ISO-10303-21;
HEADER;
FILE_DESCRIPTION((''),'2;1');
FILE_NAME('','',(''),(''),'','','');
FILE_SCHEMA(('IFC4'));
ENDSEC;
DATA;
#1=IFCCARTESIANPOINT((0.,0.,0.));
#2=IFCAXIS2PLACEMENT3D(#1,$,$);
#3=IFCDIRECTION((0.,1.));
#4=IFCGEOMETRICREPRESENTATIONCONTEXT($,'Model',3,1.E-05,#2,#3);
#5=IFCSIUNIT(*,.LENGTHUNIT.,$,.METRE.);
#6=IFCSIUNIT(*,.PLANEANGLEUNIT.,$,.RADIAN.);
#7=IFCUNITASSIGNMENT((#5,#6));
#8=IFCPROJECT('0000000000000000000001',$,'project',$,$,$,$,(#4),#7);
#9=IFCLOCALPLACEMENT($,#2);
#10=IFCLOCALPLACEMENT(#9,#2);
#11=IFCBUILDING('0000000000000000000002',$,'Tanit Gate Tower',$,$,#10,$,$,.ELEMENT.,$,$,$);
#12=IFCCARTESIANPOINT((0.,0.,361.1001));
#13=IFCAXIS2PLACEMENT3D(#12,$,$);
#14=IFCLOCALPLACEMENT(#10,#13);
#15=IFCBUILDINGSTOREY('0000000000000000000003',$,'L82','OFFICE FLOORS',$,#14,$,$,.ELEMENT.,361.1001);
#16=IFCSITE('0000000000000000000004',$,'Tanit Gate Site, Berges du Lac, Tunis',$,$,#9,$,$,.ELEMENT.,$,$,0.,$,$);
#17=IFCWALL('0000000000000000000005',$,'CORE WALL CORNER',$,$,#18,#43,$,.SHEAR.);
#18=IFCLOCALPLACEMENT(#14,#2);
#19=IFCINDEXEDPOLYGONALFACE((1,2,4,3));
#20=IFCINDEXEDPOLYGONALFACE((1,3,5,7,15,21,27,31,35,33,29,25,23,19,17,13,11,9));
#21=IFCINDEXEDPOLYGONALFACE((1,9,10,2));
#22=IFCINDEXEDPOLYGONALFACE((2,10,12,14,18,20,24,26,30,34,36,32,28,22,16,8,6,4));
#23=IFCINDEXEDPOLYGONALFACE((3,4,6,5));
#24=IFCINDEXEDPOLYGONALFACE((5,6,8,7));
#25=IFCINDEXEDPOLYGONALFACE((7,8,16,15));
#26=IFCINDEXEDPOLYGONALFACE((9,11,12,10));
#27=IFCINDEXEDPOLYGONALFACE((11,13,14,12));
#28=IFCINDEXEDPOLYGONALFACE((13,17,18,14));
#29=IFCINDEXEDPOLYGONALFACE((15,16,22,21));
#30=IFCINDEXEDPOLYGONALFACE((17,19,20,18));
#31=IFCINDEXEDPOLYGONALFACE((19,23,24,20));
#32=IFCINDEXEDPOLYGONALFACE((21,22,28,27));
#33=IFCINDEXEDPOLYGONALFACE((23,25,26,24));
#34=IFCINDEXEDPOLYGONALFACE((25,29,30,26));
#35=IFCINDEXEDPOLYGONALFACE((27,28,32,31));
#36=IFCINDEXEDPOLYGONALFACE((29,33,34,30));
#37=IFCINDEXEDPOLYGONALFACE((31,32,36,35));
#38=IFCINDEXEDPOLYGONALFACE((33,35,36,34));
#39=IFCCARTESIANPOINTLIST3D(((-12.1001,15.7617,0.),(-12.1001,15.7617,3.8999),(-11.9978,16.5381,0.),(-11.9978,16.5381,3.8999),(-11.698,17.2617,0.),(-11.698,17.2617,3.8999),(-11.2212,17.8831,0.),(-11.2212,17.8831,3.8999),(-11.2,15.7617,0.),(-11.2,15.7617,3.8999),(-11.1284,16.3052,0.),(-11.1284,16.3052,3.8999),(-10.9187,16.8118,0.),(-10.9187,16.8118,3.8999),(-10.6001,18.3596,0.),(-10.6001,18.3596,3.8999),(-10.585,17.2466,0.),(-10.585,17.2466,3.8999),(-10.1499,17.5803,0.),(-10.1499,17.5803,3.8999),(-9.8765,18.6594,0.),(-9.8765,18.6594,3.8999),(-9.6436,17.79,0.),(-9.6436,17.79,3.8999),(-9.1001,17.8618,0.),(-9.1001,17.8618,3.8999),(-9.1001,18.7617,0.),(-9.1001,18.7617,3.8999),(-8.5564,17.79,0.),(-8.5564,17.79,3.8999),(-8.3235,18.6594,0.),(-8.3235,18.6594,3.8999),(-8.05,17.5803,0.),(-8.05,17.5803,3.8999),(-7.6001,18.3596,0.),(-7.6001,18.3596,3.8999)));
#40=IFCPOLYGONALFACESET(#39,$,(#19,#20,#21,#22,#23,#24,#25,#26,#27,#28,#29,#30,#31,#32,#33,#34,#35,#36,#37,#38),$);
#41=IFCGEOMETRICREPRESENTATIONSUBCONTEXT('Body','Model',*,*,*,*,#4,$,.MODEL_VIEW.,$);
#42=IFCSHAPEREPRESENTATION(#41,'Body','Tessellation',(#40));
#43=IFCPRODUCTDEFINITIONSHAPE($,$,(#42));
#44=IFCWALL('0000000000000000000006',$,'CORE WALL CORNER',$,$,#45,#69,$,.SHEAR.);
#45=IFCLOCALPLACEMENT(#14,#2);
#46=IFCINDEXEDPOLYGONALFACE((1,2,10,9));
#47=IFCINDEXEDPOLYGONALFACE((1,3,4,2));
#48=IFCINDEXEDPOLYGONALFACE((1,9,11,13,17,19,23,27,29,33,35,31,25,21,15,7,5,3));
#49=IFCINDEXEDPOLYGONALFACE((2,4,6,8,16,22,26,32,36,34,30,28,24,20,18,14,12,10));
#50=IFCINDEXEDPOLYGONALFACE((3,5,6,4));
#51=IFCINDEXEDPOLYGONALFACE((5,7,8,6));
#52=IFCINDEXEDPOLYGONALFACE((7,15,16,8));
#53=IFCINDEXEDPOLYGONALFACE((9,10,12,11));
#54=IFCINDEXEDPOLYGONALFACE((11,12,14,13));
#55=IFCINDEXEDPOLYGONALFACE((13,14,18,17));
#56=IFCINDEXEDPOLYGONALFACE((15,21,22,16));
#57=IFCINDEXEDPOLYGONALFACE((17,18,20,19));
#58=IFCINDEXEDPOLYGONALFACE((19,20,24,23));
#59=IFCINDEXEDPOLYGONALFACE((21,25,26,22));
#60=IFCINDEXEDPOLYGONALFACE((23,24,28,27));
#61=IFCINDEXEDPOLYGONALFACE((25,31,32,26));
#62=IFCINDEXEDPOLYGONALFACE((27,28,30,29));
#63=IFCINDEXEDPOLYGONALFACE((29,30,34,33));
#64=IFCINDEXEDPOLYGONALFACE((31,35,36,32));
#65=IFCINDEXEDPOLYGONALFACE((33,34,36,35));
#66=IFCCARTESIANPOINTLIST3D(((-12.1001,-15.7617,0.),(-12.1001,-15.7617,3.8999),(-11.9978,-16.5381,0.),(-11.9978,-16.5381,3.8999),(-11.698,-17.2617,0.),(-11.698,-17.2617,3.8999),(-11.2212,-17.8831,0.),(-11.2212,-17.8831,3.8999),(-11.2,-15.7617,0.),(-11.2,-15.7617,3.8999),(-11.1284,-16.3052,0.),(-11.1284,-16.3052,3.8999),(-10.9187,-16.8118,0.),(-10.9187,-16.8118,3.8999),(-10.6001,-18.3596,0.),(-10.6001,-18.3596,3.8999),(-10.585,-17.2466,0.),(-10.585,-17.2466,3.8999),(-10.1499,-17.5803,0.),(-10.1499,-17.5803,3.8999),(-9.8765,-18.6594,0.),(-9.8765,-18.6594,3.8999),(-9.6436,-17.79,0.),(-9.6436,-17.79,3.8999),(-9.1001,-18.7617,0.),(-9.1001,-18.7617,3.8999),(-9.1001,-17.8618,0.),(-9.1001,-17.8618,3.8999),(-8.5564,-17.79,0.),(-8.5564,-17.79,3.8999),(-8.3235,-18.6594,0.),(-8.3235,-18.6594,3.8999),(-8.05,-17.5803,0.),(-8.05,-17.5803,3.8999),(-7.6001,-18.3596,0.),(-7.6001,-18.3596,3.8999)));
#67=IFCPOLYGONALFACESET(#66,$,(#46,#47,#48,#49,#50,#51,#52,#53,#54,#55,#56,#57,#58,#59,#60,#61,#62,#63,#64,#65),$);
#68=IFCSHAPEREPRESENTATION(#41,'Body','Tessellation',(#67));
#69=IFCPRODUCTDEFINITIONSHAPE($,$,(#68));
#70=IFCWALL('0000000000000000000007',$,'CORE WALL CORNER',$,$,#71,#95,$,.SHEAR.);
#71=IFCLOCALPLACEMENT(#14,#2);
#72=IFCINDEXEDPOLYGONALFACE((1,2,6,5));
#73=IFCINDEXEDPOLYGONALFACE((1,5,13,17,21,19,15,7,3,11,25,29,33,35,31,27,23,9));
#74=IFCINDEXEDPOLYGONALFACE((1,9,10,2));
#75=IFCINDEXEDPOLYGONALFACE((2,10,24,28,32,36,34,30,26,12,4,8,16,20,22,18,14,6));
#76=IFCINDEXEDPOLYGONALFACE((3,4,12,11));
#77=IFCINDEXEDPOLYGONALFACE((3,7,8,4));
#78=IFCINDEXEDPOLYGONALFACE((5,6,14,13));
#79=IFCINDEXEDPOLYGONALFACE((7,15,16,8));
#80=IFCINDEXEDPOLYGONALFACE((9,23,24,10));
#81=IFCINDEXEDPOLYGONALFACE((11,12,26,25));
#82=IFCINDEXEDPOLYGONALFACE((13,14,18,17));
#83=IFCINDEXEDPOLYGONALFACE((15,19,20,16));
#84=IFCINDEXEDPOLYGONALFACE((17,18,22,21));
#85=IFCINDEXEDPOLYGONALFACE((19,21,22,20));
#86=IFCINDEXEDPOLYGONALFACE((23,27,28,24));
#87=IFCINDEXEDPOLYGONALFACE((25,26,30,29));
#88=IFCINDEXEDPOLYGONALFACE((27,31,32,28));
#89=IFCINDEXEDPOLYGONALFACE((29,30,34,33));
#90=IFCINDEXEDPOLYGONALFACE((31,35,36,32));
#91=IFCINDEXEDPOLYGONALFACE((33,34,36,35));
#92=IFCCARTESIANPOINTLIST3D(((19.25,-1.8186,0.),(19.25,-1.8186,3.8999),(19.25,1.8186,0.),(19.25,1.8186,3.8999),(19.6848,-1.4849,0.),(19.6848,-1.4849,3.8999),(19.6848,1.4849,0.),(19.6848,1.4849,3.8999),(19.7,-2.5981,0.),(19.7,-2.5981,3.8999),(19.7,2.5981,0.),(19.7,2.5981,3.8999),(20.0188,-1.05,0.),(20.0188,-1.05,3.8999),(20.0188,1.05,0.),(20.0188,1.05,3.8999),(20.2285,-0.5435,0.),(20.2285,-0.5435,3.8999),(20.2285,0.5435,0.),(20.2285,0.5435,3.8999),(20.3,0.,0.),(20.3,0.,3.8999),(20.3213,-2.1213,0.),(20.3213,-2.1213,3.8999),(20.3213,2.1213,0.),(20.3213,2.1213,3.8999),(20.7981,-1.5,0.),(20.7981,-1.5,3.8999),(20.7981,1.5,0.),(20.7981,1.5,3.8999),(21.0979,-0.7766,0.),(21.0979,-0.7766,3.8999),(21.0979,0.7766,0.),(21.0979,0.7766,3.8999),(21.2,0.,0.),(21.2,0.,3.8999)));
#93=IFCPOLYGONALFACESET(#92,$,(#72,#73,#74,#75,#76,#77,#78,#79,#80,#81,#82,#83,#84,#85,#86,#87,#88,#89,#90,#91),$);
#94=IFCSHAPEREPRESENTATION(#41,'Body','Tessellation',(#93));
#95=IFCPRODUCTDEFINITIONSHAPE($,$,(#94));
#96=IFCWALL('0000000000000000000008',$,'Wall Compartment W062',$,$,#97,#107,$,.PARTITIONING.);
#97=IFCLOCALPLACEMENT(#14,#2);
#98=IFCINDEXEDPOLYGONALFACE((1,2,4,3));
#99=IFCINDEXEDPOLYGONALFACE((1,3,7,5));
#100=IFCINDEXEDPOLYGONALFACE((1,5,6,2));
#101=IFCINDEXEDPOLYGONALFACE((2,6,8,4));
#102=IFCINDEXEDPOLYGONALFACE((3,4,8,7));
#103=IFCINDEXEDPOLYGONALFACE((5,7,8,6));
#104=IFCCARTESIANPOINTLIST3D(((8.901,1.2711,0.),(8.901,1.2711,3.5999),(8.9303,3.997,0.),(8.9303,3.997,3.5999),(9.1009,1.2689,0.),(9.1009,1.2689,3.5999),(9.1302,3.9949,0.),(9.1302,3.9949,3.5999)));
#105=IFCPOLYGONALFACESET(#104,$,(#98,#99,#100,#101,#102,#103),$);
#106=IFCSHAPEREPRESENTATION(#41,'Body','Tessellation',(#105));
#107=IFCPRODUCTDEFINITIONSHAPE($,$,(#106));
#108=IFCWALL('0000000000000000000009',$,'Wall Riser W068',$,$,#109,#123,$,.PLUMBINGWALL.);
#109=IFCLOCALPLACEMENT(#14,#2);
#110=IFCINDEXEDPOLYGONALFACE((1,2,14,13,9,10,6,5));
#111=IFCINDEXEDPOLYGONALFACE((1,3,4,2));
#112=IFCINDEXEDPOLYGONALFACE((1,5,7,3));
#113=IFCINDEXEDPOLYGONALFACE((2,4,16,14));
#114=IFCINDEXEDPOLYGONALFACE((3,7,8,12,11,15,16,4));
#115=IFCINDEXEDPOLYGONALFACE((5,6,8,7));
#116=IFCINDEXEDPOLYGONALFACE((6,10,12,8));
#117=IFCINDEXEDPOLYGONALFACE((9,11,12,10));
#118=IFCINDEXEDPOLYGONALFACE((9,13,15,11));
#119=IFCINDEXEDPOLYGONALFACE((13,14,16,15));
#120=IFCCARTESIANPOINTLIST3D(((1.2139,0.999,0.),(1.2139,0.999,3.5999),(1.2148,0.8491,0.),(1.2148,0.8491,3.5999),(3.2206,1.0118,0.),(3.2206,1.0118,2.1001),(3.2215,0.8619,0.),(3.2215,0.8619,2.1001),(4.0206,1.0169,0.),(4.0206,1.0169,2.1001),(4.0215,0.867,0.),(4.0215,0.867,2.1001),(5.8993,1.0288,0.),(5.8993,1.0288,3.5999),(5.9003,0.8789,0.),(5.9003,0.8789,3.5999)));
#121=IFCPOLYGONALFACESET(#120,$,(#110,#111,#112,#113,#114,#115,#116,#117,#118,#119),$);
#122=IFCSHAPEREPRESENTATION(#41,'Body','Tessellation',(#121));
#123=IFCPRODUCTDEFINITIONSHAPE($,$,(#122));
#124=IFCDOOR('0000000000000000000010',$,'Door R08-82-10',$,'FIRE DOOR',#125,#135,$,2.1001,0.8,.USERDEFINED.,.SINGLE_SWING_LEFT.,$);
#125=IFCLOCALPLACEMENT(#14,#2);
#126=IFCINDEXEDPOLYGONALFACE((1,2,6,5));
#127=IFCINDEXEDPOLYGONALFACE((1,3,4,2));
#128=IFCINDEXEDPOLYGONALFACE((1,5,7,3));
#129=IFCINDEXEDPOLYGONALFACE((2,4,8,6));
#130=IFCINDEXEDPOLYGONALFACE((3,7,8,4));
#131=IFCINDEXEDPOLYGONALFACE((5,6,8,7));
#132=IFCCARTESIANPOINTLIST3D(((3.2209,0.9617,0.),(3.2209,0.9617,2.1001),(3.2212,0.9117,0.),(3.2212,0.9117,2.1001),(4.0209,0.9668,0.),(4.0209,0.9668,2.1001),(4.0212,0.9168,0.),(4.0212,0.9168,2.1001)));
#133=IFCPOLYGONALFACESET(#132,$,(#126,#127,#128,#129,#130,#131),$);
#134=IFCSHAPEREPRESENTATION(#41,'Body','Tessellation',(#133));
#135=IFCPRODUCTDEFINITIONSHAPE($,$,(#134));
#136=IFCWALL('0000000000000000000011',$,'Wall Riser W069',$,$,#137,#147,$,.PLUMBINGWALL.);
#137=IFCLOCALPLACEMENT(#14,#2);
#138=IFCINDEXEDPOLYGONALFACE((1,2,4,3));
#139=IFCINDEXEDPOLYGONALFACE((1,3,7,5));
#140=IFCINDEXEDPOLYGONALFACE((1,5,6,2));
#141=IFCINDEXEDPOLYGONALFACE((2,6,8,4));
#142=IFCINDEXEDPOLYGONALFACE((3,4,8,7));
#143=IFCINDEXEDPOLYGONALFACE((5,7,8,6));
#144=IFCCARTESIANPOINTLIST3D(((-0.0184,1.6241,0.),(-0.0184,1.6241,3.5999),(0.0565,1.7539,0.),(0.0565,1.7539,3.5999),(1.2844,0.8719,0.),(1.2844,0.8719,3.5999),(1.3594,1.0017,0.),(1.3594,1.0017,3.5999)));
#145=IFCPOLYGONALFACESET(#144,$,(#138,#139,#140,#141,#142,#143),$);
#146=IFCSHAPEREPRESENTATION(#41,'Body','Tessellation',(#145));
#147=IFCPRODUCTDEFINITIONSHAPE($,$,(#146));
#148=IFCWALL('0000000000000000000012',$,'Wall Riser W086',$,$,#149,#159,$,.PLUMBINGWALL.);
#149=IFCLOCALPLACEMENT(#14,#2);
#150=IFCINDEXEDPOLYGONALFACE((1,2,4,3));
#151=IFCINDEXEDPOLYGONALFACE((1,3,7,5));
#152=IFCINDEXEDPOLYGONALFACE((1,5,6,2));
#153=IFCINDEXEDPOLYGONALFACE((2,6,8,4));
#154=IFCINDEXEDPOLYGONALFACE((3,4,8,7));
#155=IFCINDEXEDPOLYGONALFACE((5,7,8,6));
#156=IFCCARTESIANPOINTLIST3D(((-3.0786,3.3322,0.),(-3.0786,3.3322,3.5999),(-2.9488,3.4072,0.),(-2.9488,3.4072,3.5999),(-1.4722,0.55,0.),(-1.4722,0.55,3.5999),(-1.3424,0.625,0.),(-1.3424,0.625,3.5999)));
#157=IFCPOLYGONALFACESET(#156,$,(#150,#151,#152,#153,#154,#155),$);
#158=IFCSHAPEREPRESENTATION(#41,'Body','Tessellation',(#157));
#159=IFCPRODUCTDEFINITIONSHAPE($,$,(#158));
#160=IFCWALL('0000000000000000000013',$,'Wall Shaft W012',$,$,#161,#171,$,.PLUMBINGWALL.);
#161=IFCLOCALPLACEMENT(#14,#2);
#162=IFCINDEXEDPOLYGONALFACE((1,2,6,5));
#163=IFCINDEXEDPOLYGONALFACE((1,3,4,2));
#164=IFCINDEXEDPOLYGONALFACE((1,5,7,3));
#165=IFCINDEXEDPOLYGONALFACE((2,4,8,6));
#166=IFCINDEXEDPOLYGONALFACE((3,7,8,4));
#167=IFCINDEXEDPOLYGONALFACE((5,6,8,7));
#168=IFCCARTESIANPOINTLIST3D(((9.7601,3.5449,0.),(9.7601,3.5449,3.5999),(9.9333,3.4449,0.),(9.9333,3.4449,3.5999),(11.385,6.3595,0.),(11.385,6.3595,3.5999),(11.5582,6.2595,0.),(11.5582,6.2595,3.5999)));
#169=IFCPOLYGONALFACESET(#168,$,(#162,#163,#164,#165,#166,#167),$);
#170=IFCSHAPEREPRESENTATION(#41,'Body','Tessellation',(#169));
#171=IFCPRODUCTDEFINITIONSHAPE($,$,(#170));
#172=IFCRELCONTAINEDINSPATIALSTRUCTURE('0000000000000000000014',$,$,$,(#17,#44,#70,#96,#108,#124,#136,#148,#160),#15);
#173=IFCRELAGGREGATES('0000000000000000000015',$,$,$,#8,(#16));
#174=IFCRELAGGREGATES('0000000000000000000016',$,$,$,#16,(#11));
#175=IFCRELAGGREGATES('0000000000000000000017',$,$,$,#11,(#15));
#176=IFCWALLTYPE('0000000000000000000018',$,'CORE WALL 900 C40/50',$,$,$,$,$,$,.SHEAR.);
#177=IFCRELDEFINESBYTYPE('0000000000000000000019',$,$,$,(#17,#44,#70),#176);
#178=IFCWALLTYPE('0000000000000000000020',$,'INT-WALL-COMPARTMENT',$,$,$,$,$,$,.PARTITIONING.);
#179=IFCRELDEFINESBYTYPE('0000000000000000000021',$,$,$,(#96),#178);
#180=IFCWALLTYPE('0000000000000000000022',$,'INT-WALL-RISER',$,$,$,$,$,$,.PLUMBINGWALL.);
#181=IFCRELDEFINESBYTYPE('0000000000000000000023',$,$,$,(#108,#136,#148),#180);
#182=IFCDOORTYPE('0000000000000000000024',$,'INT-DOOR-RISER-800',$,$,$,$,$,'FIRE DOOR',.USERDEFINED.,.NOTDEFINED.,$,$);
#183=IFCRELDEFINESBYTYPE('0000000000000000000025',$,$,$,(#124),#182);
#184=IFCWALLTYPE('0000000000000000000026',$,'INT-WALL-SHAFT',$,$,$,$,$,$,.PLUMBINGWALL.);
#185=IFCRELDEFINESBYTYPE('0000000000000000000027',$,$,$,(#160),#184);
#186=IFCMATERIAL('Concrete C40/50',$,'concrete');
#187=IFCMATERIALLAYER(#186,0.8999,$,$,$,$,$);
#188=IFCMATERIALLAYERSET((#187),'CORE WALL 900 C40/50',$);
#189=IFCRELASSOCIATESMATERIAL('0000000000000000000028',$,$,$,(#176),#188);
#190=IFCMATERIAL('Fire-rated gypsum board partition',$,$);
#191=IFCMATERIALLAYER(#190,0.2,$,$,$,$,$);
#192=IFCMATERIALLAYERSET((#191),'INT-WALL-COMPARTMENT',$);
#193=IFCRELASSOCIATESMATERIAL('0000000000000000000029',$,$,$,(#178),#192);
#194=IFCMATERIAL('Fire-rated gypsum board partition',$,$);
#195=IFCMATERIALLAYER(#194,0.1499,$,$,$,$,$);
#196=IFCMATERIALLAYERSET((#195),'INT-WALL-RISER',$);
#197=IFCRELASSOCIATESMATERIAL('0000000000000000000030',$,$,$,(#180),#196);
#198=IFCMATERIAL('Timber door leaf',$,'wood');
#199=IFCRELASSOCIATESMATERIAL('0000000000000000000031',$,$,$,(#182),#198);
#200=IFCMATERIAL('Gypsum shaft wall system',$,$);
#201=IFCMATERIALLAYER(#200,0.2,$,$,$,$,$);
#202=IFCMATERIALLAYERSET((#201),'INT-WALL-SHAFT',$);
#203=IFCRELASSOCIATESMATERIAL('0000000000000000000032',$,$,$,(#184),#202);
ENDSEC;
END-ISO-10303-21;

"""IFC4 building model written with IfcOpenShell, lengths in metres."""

from ifc_helpers import new_model, si_unit, direction, frame, frame_2d, origin, place, context, subcontext, project, spatial, polyline, rectangle, outline, extrude, material, layer, layer_set, type_object, element, fill, save


model = new_model("IFC4")

# Units and contexts
model_context = context("Model", 3, precision=1e-05, world=origin(), true_north=direction((0.0, 1.0)))
body_context = subcontext(model_context, "Body", "Model", "MODEL_VIEW")
ifc_project = project(units=[si_unit("LENGTHUNIT", "METRE"), si_unit("PLANEANGLEUNIT", "RADIAN")], contexts=[model_context])

# Site, building, storey
site_placement = place(None, origin())
site = spatial("IfcSite", under=ifc_project, at=site_placement, Name="Tanit Gate Site, Berges du Lac, Tunis", CompositionType="ELEMENT", RefElevation=0.0)
building_placement = place(site_placement, origin())
building = spatial("IfcBuilding", under=site, at=building_placement, Name="Tanit Gate Tower", CompositionType="ELEMENT")
storey_placement = place(building_placement, frame((0.0, 0.0, 361.1001)))
storey = spatial("IfcBuildingStorey", under=building, at=storey_placement, Name="L82", Description="OFFICE FLOORS", CompositionType="ELEMENT", Elevation=361.1001)

# Walls
ifc_material_1 = material(Name="Concrete C40/50", Category="concrete")
ifc_layer_1 = layer(ifc_material_1, 0.8999)
ifc_layer_set_1 = layer_set([ifc_layer_1], Name="CORE WALL 900 C40/50")
wall_type_1 = type_object("IfcWallType", Name="CORE WALL 900 C40/50", PredefinedType="SHEAR", material=ifc_layer_set_1)
wall_1_placement = place(storey_placement, origin())
element("IfcWall", 1, at=wall_1_placement, inside=storey, type_object=wall_type_1, Name="CORE WALL CORNER", PredefinedType="SHEAR", context=body_context, shape_type="SweptSolid", body=[
    extrude(outline(polyline([(-7.6001, 18.3596), (-8.3235, 18.6594), (-9.1001, 18.7617), (-9.8765, 18.6594), (-10.6001, 18.3596), (-11.2212, 17.8831), (-11.698, 17.2617), (-11.9978, 16.5381), (-12.1001, 15.7617), (-11.2, 15.7617), (-11.1284, 16.3052), (-10.9187, 16.8118), (-10.585, 17.2466), (-10.1499, 17.5803), (-9.6436, 17.79), (-9.1001, 17.8618), (-8.5564, 17.79), (-8.05, 17.5803), (-7.6001, 18.3596)])), origin(), (0.0, 0.0, 1.0), 3.8999),
])
wall_2_placement = place(storey_placement, origin())
element("IfcWall", 2, at=wall_2_placement, inside=storey, type_object=wall_type_1, Name="CORE WALL CORNER", PredefinedType="SHEAR", context=body_context, shape_type="SweptSolid", body=[
    extrude(outline(polyline([(-12.1001, -15.7617), (-11.9978, -16.5381), (-11.698, -17.2617), (-11.2212, -17.8831), (-10.6001, -18.3596), (-9.8765, -18.6594), (-9.1001, -18.7617), (-8.3235, -18.6594), (-7.6001, -18.3596), (-8.05, -17.5803), (-8.5564, -17.79), (-9.1001, -17.8618), (-9.6436, -17.79), (-10.1499, -17.5803), (-10.585, -17.2466), (-10.9187, -16.8118), (-11.1284, -16.3052), (-11.2, -15.7617), (-12.1001, -15.7617)])), origin(), (0.0, 0.0, 1.0), 3.8999),
])
wall_3_placement = place(storey_placement, origin())
element("IfcWall", 3, at=wall_3_placement, inside=storey, type_object=wall_type_1, Name="CORE WALL CORNER", PredefinedType="SHEAR", context=body_context, shape_type="SweptSolid", body=[
    extrude(outline(polyline([(19.7, -2.5981), (20.3213, -2.1213), (20.7981, -1.5), (21.0979, -0.7766), (21.2, 0.0), (21.0979, 0.7766), (20.7981, 1.5), (20.3213, 2.1213), (19.7, 2.5981), (19.25, 1.8186), (19.6848, 1.4849), (20.0188, 1.05), (20.2285, 0.5435), (20.3, 0.0), (20.2285, -0.5435), (20.0188, -1.05), (19.6848, -1.4849), (19.25, -1.8186), (19.7, -2.5981)])), origin(), (0.0, 0.0, 1.0), 3.8999),
])
ifc_material_2 = material(Name="Fire-rated gypsum board partition")
ifc_layer_2 = layer(ifc_material_2, 0.2)
ifc_layer_set_2 = layer_set([ifc_layer_2], Name="INT-WALL-COMPARTMENT")
wall_type_2 = type_object("IfcWallType", Name="INT-WALL-COMPARTMENT", PredefinedType="PARTITIONING", material=ifc_layer_set_2)
wall_4_placement = place(storey_placement, frame((9.001, 1.27, 0.0), z_axis=(0.0, 0.0, 1.0), x_axis=(0.010747, 0.999942, 0.0)))
element("IfcWall", 4, at=wall_4_placement, inside=storey, type_object=wall_type_2, Name="Wall Compartment W062", PredefinedType="PARTITIONING", context=body_context, shape_type="SweptSolid", body=[
    extrude(rectangle(XDim=2.7261, YDim=0.2, at=frame_2d((1.363, 0.0))), origin(), (0.0, 0.0, 1.0), 3.5999),
])

# Wall, opening, door
ifc_material_3 = material(Name="Fire-rated gypsum board partition")
ifc_layer_3 = layer(ifc_material_3, 0.1499)
ifc_layer_set_3 = layer_set([ifc_layer_3], Name="INT-WALL-RISER")
wall_type_3 = type_object("IfcWallType", Name="INT-WALL-RISER", PredefinedType="PLUMBINGWALL", material=ifc_layer_set_3)
wall_5_placement = place(storey_placement, frame((1.2144, 0.9241, 0.0), z_axis=(0.0, 0.0, 1.0), x_axis=(0.99998, 0.006357, 0.0)))
wall_5 = element("IfcWall", 5, at=wall_5_placement, inside=storey, type_object=wall_type_3, Name="Wall Riser W068", PredefinedType="PLUMBINGWALL", context=body_context, shape_type="SweptSolid", body=[
    extrude(rectangle(XDim=4.6855, YDim=0.1499, at=frame_2d((2.3428, 0.0))), origin(), (0.0, 0.0, 1.0), 3.5999),
])
opening_1_placement = place(wall_5_placement, frame((2.0068, 0.0, 0.0)))
opening_1 = element("IfcOpeningElement", 6, at=opening_1_placement, cuts=wall_5, PredefinedType="OPENING", context=body_context, shape_type="SweptSolid", body=[
    extrude(rectangle(XDim=0.8, YDim=2.1001, at=frame_2d((0.3999, 1.05))), frame((0.0, 0.085, 0.0), z_axis=(0.0, -1.0, 0.0), x_axis=(1.0, 0.0, 0.0)), (0.0, 0.0, 1.0), 0.1699),
])
ifc_material_4 = material(Name="Timber door leaf", Category="wood")
door_type_1 = type_object("IfcDoorType", Name="INT-DOOR-RISER-800", ElementType="FIRE DOOR", OperationType="NOTDEFINED", PredefinedType="USERDEFINED", material=ifc_material_4)
door_1_placement = place(opening_1_placement, origin())
door_1 = element("IfcDoor", 7, at=door_1_placement, inside=storey, type_object=door_type_1, Name="Door R08-82-10", ObjectType="FIRE DOOR", OperationType="SINGLE_SWING_LEFT", OverallHeight=2.1001, OverallWidth=0.8, PredefinedType="USERDEFINED", context=body_context, shape_type="SweptSolid", body=[
    extrude(rectangle(XDim=0.8, YDim=2.1001, at=frame_2d((0.3999, 1.05))), frame((0.0, 0.0249, 0.0), z_axis=(0.0, -1.0, 0.0), x_axis=(1.0, 0.0, 0.0)), (0.0, 0.0, 1.0), 0.05),
])
fill(opening_1, door_1)

# Walls
wall_6_placement = place(storey_placement, frame((0.019, 1.689, 0.0), z_axis=(0.0, 0.0, 1.0), x_axis=(0.866048, -0.499961, 0.0)))
element("IfcWall", 8, at=wall_6_placement, inside=storey, type_object=wall_type_3, Name="Wall Riser W069", PredefinedType="PLUMBINGWALL", context=body_context, shape_type="SweptSolid", body=[
    extrude(rectangle(XDim=1.5044, YDim=0.1499, at=frame_2d((0.7522, 0.0))), origin(), (0.0, 0.0, 1.0), 3.5999),
])
wall_7_placement = place(storey_placement, frame((-1.4072, 0.5874, 0.0), z_axis=(0.0, 0.0, 1.0), x_axis=(-0.500029, 0.866008, 0.0)))
element("IfcWall", 9, at=wall_7_placement, inside=storey, type_object=wall_type_3, Name="Wall Riser W086", PredefinedType="PLUMBINGWALL", context=body_context, shape_type="SweptSolid", body=[
    extrude(rectangle(XDim=3.2126, YDim=0.1499, at=frame_2d((1.6064, 0.0))), origin(), (0.0, 0.0, 1.0), 3.5999),
])
ifc_material_5 = material(Name="Gypsum shaft wall system")
ifc_layer_4 = layer(ifc_material_5, 0.2)
ifc_layer_set_4 = layer_set([ifc_layer_4], Name="INT-WALL-SHAFT")
wall_type_4 = type_object("IfcWallType", Name="INT-WALL-SHAFT", PredefinedType="PLUMBINGWALL", material=ifc_layer_set_4)
wall_8_placement = place(storey_placement, frame((9.8467, 3.4949, 0.0), z_axis=(0.0, 0.0, 1.0), x_axis=(0.499985, 0.866034, 0.0)))
element("IfcWall", 10, at=wall_8_placement, inside=storey, type_object=wall_type_4, Name="Wall Shaft W012", PredefinedType="PLUMBINGWALL", context=body_context, shape_type="SweptSolid", body=[
    extrude(rectangle(XDim=3.25, YDim=0.2, at=frame_2d((1.625, 0.0))), origin(), (0.0, 0.0, 1.0), 3.5999),
])

save(model, "model.ifc")
